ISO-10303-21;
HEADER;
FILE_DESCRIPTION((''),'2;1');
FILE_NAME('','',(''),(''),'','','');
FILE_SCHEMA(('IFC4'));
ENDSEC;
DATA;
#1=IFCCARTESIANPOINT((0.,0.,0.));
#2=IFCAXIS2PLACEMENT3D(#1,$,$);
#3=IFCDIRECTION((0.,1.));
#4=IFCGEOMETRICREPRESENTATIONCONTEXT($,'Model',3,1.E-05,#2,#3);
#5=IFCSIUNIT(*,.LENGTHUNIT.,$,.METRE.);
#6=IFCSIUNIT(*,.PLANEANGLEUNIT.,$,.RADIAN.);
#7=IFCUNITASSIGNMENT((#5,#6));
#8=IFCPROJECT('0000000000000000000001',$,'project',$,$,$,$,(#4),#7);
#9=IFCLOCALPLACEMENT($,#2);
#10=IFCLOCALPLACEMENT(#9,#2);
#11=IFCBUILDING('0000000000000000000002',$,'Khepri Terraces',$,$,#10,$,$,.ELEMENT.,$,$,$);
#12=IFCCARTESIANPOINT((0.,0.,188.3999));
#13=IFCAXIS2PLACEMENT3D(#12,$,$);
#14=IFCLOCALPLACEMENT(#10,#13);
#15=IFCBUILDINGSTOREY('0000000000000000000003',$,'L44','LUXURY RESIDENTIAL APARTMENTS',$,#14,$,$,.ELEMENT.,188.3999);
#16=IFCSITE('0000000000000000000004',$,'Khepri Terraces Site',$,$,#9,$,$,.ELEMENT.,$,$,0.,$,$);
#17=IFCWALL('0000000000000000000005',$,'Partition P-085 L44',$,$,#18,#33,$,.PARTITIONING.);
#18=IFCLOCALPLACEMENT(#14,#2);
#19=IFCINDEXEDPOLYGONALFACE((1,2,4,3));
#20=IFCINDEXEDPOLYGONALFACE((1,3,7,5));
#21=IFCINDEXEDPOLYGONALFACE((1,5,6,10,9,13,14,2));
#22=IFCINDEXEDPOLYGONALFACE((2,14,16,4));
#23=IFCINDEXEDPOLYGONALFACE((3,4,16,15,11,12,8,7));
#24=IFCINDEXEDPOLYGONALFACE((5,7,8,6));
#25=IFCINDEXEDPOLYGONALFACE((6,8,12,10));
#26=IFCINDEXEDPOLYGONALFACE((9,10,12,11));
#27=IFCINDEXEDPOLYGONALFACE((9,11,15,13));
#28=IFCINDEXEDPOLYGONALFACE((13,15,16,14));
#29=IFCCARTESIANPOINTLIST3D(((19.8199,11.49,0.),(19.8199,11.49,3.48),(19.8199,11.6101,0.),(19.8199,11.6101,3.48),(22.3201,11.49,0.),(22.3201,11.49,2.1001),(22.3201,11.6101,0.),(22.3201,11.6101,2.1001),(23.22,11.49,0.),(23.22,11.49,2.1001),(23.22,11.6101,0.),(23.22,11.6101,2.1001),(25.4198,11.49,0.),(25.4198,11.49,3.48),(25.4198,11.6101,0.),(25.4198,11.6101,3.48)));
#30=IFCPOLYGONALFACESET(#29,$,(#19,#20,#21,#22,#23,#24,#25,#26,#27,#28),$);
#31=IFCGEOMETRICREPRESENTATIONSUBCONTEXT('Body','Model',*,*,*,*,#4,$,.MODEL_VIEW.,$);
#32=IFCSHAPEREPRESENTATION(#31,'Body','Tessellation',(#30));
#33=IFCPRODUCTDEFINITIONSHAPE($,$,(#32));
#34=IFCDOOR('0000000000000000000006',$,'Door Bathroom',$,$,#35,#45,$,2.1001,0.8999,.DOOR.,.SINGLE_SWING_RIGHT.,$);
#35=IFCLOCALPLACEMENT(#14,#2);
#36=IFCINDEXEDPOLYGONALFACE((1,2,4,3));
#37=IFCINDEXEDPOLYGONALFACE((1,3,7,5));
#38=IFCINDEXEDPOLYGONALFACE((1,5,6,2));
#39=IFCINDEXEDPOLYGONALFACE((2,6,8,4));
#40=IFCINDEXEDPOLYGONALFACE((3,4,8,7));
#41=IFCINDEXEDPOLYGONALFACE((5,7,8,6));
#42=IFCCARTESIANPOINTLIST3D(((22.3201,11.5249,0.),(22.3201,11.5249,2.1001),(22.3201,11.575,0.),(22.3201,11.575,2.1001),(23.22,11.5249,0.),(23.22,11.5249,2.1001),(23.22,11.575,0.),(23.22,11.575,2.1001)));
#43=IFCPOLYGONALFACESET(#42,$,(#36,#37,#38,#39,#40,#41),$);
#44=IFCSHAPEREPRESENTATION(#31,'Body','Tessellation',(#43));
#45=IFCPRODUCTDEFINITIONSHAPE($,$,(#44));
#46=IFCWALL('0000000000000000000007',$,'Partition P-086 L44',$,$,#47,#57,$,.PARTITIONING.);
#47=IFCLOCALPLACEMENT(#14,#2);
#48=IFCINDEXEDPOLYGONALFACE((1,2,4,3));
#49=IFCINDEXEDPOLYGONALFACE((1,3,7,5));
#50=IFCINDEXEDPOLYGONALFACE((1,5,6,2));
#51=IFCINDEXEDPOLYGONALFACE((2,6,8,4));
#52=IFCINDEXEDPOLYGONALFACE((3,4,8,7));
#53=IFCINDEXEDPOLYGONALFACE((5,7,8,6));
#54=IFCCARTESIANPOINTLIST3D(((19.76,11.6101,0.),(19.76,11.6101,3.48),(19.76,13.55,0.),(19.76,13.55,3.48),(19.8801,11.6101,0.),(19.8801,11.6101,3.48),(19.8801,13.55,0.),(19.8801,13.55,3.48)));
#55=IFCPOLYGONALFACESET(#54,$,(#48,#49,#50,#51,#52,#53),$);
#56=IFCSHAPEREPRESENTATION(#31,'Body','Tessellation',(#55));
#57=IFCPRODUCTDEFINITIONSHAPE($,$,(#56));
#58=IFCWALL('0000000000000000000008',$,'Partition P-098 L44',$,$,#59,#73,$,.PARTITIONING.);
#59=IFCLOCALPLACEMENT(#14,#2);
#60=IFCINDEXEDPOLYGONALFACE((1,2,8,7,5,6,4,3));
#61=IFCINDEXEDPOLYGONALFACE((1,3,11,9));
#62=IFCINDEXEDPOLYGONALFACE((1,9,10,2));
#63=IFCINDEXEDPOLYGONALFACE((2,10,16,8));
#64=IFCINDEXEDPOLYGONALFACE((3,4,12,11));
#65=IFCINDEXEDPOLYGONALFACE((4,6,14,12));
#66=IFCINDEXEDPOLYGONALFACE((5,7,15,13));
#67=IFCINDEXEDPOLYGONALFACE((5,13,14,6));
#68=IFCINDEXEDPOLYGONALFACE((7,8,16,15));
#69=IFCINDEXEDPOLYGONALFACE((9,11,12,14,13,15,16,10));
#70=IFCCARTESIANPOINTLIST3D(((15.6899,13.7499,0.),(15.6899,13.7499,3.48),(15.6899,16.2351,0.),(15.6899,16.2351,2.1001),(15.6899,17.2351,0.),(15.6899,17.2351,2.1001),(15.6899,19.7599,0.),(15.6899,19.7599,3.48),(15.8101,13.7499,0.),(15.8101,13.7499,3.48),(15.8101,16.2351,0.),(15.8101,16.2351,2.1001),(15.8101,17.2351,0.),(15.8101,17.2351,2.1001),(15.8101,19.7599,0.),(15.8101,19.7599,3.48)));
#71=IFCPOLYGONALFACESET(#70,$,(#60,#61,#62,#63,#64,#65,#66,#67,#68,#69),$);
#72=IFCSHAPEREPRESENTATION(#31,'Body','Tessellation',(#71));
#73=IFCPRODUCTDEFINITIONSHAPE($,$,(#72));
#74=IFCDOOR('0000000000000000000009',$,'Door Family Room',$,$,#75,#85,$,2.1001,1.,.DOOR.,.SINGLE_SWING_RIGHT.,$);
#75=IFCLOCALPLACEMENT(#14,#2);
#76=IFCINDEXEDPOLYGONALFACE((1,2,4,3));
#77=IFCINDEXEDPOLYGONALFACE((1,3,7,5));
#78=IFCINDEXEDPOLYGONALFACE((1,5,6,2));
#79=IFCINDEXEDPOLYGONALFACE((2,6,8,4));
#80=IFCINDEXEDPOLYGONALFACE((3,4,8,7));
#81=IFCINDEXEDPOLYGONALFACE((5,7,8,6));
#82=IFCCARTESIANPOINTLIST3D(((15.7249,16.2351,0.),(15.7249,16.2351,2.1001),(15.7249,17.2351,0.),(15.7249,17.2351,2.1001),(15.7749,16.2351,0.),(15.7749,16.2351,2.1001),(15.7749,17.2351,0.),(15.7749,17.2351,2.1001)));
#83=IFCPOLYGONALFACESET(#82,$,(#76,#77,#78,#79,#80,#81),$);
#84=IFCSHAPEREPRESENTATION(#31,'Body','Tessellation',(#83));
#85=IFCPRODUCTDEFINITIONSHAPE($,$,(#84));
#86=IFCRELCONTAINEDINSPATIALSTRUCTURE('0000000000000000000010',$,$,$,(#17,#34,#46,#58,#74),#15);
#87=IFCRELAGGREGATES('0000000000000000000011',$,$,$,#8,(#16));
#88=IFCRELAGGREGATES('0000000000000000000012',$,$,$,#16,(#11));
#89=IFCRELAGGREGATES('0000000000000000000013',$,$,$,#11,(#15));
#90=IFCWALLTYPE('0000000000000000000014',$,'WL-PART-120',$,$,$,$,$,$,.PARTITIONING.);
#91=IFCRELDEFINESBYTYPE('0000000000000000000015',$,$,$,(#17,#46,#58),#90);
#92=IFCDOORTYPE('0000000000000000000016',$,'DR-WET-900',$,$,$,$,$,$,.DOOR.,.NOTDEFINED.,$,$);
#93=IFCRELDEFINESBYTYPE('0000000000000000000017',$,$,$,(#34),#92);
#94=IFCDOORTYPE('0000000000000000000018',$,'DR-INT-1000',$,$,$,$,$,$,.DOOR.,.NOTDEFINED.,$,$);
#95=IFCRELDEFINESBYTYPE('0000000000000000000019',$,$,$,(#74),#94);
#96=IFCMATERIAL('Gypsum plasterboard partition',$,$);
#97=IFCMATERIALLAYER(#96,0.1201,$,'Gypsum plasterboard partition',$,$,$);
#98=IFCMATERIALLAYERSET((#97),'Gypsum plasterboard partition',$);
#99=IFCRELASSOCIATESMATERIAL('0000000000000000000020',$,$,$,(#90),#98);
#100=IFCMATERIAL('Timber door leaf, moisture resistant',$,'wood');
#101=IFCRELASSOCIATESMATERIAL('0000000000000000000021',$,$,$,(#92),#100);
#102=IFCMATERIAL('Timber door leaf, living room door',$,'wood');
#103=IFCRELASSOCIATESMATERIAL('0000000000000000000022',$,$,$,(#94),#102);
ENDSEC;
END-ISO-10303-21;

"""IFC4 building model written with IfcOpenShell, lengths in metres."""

from ifc_helpers import new_model, si_unit, direction, frame, frame_2d, origin, place, context, subcontext, project, spatial, rectangle, extrude, material, layer, layer_set, type_object, element, fill, save


model = new_model("IFC4")

# Units and contexts
model_context = context("Model", 3, precision=1e-05, world=origin(), true_north=direction((0.0, 1.0)))
body_context = subcontext(model_context, "Body", "Model", "MODEL_VIEW")
ifc_project = project(units=[si_unit("LENGTHUNIT", "METRE"), si_unit("PLANEANGLEUNIT", "RADIAN")], contexts=[model_context])

# Site, building, storey
site_placement = place(None, origin())
site = spatial("IfcSite", under=ifc_project, at=site_placement, Name="Khepri Terraces Site", CompositionType="ELEMENT", RefElevation=0.0)
building_placement = place(site_placement, origin())
building = spatial("IfcBuilding", under=site, at=building_placement, Name="Khepri Terraces", CompositionType="ELEMENT")
storey_placement = place(building_placement, frame((0.0, 0.0, 188.3999)))
storey = spatial("IfcBuildingStorey", under=building, at=storey_placement, Name="L44", Description="LUXURY RESIDENTIAL APARTMENTS", CompositionType="ELEMENT", Elevation=188.3999)

# Shared definitions
ifc_material_1 = material(Name="Gypsum plasterboard partition")
ifc_layer_1 = layer(ifc_material_1, 0.1201, Name="Gypsum plasterboard partition")
ifc_layer_set_1 = layer_set([ifc_layer_1], Name="Gypsum plasterboard partition")
wall_type_1 = type_object("IfcWallType", Name="WL-PART-120", PredefinedType="PARTITIONING", material=ifc_layer_set_1)

# Wall, opening, door
ifc_material_2 = material(Name="Timber door leaf, moisture resistant", Category="wood")
door_type_1 = type_object("IfcDoorType", Name="DR-WET-900", OperationType="NOTDEFINED", PredefinedType="DOOR", material=ifc_material_2)
wall_1_placement = place(storey_placement, frame((19.8201, 11.55, 0.0), z_axis=(0.0, 0.0, 1.0), x_axis=(1.0, 0.0, 0.0)))
wall_1 = element("IfcWall", 1, at=wall_1_placement, inside=storey, type_object=wall_type_1, Name="Partition P-085 L44", PredefinedType="PARTITIONING", context=body_context, shape_type="SweptSolid", body=[
    extrude(rectangle(XDim=5.5999, YDim=0.1201, at=frame_2d((2.7998, 0.0))), origin(), (0.0, 0.0, 1.0), 3.48),
])
opening_1_placement = place(wall_1_placement, frame((2.5, 0.0, 0.0)))
opening_1 = element("IfcOpeningElement", 2, at=opening_1_placement, cuts=wall_1, PredefinedType="OPENING", context=body_context, shape_type="SweptSolid", body=[
    extrude(rectangle(XDim=0.8999, YDim=2.1001, at=frame_2d((0.45, 1.05))), frame((0.0, 0.0701, 0.0), z_axis=(0.0, -1.0, 0.0), x_axis=(1.0, 0.0, 0.0)), (0.0, 0.0, 1.0), 0.1401),
])
door_1_placement = place(opening_1_placement, origin())
door_1 = element("IfcDoor", 3, at=door_1_placement, inside=storey, type_object=door_type_1, Name="Door Bathroom", OperationType="SINGLE_SWING_RIGHT", OverallHeight=2.1001, OverallWidth=0.8999, PredefinedType="DOOR", context=body_context, shape_type="SweptSolid", body=[
    extrude(rectangle(XDim=0.8999, YDim=2.1001, at=frame_2d((0.45, 1.05))), frame((0.0, 0.0249, 0.0), z_axis=(0.0, -1.0, 0.0), x_axis=(1.0, 0.0, 0.0)), (0.0, 0.0, 1.0), 0.05),
])
fill(opening_1, door_1)

# Wall
wall_2_placement = place(storey_placement, frame((19.8201, 11.6101, 0.0), z_axis=(0.0, 0.0, 1.0), x_axis=(0.0, 1.0, 0.0)))
element("IfcWall", 4, at=wall_2_placement, inside=storey, type_object=wall_type_1, Name="Partition P-086 L44", PredefinedType="PARTITIONING", context=body_context, shape_type="SweptSolid", body=[
    extrude(rectangle(XDim=1.9399, YDim=0.1201, at=frame_2d((0.97, 0.0))), origin(), (0.0, 0.0, 1.0), 3.48),
])

# Wall, opening, door
wall_3_placement = place(storey_placement, frame((15.75, 13.75, 0.0), z_axis=(0.0, 0.0, 1.0), x_axis=(0.0, 1.0, 0.0)))
wall_3 = element("IfcWall", 5, at=wall_3_placement, inside=storey, type_object=wall_type_1, Name="Partition P-098 L44", PredefinedType="PARTITIONING", context=body_context, shape_type="SweptSolid", body=[
    extrude(rectangle(XDim=6.01, YDim=0.1201, at=frame_2d((3.0049, 0.0))), origin(), (0.0, 0.0, 1.0), 3.48),
])
opening_2_placement = place(wall_3_placement, frame((2.4851, 0.0, 0.0)))
opening_2 = element("IfcOpeningElement", 6, at=opening_2_placement, cuts=wall_3, PredefinedType="OPENING", context=body_context, shape_type="SweptSolid", body=[
    extrude(rectangle(XDim=1.0, YDim=2.1001, at=frame_2d((0.5, 1.05))), frame((0.0, 0.0701, 0.0), z_axis=(0.0, -1.0, 0.0), x_axis=(1.0, 0.0, 0.0)), (0.0, 0.0, 1.0), 0.1401),
])
ifc_material_3 = material(Name="Timber door leaf, living room door", Category="wood")
door_type_2 = type_object("IfcDoorType", Name="DR-INT-1000", OperationType="NOTDEFINED", PredefinedType="DOOR", material=ifc_material_3)
door_2_placement = place(opening_2_placement, frame((1.0, 0.0, 0.0), z_axis=(0.0, 0.0, 1.0), x_axis=(-1.0, 0.0, 0.0)))
door_2 = element("IfcDoor", 7, at=door_2_placement, inside=storey, type_object=door_type_2, Name="Door Family Room", OperationType="SINGLE_SWING_RIGHT", OverallHeight=2.1001, OverallWidth=1.0, PredefinedType="DOOR", context=body_context, shape_type="SweptSolid", body=[
    extrude(rectangle(XDim=1.0, YDim=2.1001, at=frame_2d((0.5, 1.05))), frame((0.0, 0.0249, 0.0), z_axis=(0.0, -1.0, 0.0), x_axis=(1.0, 0.0, 0.0)), (0.0, 0.0, 1.0), 0.05),
])
fill(opening_2, door_2)

save(model, "model.ifc")
